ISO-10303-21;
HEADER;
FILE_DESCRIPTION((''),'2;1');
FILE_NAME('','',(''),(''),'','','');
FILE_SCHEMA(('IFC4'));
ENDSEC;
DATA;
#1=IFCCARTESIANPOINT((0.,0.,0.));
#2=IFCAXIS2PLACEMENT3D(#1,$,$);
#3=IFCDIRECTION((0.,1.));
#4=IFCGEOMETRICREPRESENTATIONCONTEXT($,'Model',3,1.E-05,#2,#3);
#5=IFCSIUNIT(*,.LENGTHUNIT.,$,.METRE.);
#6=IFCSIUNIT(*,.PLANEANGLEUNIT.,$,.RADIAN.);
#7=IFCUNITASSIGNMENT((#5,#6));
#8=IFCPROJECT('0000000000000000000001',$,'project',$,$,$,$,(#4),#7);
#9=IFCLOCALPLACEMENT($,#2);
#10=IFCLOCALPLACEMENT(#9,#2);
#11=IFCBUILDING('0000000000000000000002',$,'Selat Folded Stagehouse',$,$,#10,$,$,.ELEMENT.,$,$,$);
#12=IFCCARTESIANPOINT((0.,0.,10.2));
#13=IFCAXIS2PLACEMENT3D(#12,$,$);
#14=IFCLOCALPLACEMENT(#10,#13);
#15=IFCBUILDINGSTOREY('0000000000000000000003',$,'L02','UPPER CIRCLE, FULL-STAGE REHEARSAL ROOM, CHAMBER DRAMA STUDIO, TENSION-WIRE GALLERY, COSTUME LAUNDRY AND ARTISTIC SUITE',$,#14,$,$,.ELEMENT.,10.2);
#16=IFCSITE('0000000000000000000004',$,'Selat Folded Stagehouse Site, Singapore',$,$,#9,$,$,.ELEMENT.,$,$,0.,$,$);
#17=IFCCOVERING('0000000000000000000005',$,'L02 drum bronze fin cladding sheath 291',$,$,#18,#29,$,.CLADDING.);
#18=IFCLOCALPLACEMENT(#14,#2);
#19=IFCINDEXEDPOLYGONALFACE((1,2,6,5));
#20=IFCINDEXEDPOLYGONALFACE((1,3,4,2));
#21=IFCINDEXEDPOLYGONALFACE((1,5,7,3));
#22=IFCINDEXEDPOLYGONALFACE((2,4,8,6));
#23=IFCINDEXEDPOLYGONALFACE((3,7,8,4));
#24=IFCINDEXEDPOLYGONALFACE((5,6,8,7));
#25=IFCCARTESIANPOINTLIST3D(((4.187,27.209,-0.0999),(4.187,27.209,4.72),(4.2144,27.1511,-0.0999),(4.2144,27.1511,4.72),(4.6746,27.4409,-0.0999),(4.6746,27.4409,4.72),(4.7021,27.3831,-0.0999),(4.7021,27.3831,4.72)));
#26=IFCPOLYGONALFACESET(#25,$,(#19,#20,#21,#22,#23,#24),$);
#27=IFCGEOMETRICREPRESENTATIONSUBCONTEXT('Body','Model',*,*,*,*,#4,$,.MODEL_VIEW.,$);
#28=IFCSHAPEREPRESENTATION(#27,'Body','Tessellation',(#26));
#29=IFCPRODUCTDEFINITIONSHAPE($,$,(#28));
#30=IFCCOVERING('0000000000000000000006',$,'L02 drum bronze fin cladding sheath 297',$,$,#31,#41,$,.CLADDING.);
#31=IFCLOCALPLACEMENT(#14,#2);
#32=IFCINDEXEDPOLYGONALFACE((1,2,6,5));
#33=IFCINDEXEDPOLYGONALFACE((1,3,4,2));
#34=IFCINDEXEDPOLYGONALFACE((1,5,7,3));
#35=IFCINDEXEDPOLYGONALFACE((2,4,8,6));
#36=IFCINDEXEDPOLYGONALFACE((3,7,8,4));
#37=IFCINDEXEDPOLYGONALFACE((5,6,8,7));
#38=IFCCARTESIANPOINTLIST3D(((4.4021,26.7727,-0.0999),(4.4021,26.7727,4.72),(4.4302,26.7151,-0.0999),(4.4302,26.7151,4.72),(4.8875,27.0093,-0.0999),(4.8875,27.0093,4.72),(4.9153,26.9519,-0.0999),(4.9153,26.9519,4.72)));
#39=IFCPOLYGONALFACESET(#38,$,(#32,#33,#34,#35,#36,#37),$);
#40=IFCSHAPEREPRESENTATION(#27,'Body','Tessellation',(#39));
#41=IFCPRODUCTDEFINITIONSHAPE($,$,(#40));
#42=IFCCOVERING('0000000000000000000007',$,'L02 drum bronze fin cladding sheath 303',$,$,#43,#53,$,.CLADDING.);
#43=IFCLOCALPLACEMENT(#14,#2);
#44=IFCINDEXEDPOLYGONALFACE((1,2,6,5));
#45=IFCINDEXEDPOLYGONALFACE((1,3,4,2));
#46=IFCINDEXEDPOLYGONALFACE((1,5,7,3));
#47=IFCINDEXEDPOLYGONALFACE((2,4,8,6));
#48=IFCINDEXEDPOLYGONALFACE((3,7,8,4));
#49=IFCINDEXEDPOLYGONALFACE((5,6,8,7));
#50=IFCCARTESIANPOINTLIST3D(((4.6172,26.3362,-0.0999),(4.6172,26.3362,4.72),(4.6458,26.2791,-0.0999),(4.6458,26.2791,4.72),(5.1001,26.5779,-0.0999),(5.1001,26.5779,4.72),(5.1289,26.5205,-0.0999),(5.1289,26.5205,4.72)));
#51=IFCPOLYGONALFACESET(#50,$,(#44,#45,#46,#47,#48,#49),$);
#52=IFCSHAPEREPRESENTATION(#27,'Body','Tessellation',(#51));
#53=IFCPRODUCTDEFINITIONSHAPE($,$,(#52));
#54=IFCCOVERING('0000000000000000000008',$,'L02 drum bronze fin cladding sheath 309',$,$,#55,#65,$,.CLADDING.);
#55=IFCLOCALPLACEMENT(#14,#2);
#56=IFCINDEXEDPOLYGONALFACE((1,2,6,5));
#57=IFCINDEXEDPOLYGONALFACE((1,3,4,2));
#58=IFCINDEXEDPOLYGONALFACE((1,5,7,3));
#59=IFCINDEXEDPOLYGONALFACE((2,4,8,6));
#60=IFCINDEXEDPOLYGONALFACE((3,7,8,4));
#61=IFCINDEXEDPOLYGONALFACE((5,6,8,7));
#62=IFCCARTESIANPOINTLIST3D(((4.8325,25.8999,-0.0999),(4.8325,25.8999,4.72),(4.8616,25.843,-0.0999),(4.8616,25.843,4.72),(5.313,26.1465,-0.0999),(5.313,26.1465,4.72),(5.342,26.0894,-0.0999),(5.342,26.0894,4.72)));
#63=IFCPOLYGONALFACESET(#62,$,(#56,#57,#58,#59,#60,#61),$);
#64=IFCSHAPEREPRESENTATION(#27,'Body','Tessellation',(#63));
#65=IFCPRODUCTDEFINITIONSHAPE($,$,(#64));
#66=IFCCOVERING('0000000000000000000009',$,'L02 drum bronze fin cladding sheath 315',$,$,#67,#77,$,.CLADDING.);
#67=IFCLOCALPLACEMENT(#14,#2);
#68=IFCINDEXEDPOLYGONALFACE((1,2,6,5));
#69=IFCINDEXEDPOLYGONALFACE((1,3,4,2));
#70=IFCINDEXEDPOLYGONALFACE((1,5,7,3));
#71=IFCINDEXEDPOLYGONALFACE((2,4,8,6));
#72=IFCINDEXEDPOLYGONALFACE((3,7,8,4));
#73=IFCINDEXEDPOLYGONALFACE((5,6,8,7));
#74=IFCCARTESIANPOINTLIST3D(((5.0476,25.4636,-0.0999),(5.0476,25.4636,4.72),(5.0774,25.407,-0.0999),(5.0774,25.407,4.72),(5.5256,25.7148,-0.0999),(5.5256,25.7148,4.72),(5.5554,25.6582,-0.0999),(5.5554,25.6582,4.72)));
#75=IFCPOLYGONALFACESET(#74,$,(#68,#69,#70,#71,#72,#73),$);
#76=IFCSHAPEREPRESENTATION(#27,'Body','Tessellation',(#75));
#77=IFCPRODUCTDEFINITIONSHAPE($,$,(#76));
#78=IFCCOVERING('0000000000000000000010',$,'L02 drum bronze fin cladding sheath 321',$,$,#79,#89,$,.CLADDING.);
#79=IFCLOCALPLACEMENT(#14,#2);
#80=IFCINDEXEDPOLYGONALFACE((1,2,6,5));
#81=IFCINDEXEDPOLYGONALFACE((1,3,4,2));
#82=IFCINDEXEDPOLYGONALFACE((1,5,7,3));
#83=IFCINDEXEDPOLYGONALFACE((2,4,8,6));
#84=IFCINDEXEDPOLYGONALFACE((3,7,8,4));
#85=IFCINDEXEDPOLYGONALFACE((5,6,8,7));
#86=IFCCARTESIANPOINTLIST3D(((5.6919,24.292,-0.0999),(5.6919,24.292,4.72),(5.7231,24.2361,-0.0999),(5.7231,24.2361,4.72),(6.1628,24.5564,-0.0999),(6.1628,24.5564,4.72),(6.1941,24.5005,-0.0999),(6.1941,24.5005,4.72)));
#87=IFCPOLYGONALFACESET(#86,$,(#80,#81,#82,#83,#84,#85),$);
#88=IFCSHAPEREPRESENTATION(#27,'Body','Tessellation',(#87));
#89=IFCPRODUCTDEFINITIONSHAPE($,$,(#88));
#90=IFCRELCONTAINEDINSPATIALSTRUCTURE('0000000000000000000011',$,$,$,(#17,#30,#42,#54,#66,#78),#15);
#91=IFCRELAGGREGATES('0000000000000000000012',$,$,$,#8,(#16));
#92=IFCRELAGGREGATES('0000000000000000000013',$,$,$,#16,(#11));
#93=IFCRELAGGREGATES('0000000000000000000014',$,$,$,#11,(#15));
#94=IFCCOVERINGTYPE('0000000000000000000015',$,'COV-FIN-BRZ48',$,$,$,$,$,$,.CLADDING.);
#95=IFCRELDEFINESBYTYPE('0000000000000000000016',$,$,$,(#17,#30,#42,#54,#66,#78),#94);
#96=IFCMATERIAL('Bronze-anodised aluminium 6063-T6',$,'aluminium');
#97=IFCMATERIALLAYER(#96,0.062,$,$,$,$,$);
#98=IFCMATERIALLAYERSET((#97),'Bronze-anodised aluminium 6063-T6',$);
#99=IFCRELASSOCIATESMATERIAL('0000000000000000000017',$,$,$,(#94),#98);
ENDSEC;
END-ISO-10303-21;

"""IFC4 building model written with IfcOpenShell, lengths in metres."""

from ifc_helpers import new_model, si_unit, direction, frame, origin, place, context, subcontext, project, spatial, polyline, outline, extrude, material, layer, layer_set, type_object, element, save


model = new_model("IFC4")

# Units and contexts
model_context = context("Model", 3, precision=1e-05, world=origin(), true_north=direction((0.0, 1.0)))
body_context = subcontext(model_context, "Body", "Model", "MODEL_VIEW")
ifc_project = project(units=[si_unit("LENGTHUNIT", "METRE"), si_unit("PLANEANGLEUNIT", "RADIAN")], contexts=[model_context])

# Site, building, storey
site_placement = place(None, origin())
site = spatial("IfcSite", under=ifc_project, at=site_placement, Name="Selat Folded Stagehouse Site, Singapore", CompositionType="ELEMENT", RefElevation=0.0)
building_placement = place(site_placement, origin())
building = spatial("IfcBuilding", under=site, at=building_placement, Name="Selat Folded Stagehouse", CompositionType="ELEMENT")
storey_placement = place(building_placement, frame((0.0, 0.0, 10.2)))
storey = spatial("IfcBuildingStorey", under=building, at=storey_placement, Name="L02", Description="UPPER CIRCLE, FULL-STAGE REHEARSAL ROOM, CHAMBER DRAMA STUDIO, TENSION-WIRE GALLERY, COSTUME LAUNDRY AND ARTISTIC SUITE", CompositionType="ELEMENT", Elevation=10.2)

# Coverings
ifc_material = material(Name="Bronze-anodised aluminium 6063-T6", Category="aluminium")
ifc_layer = layer(ifc_material, 0.062)
ifc_layer_set = layer_set([ifc_layer], Name="Bronze-anodised aluminium 6063-T6")
covering_type = type_object("IfcCoveringType", Name="COV-FIN-BRZ48", PredefinedType="CLADDING", material=ifc_layer_set)
covering_1_placement = place(storey_placement, frame((0.0, 0.0, -0.0999)))
element("IfcCovering", 1, at=covering_1_placement, inside=storey, type_object=covering_type, Name="L02 drum bronze fin cladding sheath 291", PredefinedType="CLADDING", context=body_context, shape_type="SweptSolid", body=[
    extrude(outline(polyline([(4.6746, 27.4409), (4.187, 27.209), (4.2144, 27.1511), (4.7021, 27.3831), (4.6746, 27.4409)])), origin(), (0.0, 0.0, 1.0), 4.8198),
])
covering_2_placement = place(storey_placement, frame((0.0, 0.0, -0.0999)))
element("IfcCovering", 2, at=covering_2_placement, inside=storey, type_object=covering_type, Name="L02 drum bronze fin cladding sheath 297", PredefinedType="CLADDING", context=body_context, shape_type="SweptSolid", body=[
    extrude(outline(polyline([(4.8875, 27.0093), (4.4021, 26.7727), (4.4302, 26.7151), (4.9153, 26.9519), (4.8875, 27.0093)])), origin(), (0.0, 0.0, 1.0), 4.8198),
])
covering_3_placement = place(storey_placement, frame((0.0, 0.0, -0.0999)))
element("IfcCovering", 3, at=covering_3_placement, inside=storey, type_object=covering_type, Name="L02 drum bronze fin cladding sheath 303", PredefinedType="CLADDING", context=body_context, shape_type="SweptSolid", body=[
    extrude(outline(polyline([(5.1001, 26.5779), (4.6172, 26.3362), (4.6458, 26.2791), (5.1289, 26.5205), (5.1001, 26.5779)])), origin(), (0.0, 0.0, 1.0), 4.8198),
])
covering_4_placement = place(storey_placement, frame((0.0, 0.0, -0.0999)))
element("IfcCovering", 4, at=covering_4_placement, inside=storey, type_object=covering_type, Name="L02 drum bronze fin cladding sheath 309", PredefinedType="CLADDING", context=body_context, shape_type="SweptSolid", body=[
    extrude(outline(polyline([(5.313, 26.1465), (4.8325, 25.8999), (4.8616, 25.843), (5.342, 26.0894), (5.313, 26.1465)])), origin(), (0.0, 0.0, 1.0), 4.8198),
])
covering_5_placement = place(storey_placement, frame((0.0, 0.0, -0.0999)))
element("IfcCovering", 5, at=covering_5_placement, inside=storey, type_object=covering_type, Name="L02 drum bronze fin cladding sheath 315", PredefinedType="CLADDING", context=body_context, shape_type="SweptSolid", body=[
    extrude(outline(polyline([(5.5256, 25.7148), (5.0476, 25.4636), (5.0774, 25.407), (5.5554, 25.6582), (5.5256, 25.7148)])), origin(), (0.0, 0.0, 1.0), 4.8198),
])
covering_6_placement = place(storey_placement, frame((0.0, 0.0, -0.0999)))
element("IfcCovering", 6, at=covering_6_placement, inside=storey, type_object=covering_type, Name="L02 drum bronze fin cladding sheath 321", PredefinedType="CLADDING", context=body_context, shape_type="SweptSolid", body=[
    extrude(outline(polyline([(6.1628, 24.5564), (5.6919, 24.292), (5.7231, 24.2361), (6.1941, 24.5005), (6.1628, 24.5564)])), origin(), (0.0, 0.0, 1.0), 4.8198),
])

save(model, "model.ifc")
